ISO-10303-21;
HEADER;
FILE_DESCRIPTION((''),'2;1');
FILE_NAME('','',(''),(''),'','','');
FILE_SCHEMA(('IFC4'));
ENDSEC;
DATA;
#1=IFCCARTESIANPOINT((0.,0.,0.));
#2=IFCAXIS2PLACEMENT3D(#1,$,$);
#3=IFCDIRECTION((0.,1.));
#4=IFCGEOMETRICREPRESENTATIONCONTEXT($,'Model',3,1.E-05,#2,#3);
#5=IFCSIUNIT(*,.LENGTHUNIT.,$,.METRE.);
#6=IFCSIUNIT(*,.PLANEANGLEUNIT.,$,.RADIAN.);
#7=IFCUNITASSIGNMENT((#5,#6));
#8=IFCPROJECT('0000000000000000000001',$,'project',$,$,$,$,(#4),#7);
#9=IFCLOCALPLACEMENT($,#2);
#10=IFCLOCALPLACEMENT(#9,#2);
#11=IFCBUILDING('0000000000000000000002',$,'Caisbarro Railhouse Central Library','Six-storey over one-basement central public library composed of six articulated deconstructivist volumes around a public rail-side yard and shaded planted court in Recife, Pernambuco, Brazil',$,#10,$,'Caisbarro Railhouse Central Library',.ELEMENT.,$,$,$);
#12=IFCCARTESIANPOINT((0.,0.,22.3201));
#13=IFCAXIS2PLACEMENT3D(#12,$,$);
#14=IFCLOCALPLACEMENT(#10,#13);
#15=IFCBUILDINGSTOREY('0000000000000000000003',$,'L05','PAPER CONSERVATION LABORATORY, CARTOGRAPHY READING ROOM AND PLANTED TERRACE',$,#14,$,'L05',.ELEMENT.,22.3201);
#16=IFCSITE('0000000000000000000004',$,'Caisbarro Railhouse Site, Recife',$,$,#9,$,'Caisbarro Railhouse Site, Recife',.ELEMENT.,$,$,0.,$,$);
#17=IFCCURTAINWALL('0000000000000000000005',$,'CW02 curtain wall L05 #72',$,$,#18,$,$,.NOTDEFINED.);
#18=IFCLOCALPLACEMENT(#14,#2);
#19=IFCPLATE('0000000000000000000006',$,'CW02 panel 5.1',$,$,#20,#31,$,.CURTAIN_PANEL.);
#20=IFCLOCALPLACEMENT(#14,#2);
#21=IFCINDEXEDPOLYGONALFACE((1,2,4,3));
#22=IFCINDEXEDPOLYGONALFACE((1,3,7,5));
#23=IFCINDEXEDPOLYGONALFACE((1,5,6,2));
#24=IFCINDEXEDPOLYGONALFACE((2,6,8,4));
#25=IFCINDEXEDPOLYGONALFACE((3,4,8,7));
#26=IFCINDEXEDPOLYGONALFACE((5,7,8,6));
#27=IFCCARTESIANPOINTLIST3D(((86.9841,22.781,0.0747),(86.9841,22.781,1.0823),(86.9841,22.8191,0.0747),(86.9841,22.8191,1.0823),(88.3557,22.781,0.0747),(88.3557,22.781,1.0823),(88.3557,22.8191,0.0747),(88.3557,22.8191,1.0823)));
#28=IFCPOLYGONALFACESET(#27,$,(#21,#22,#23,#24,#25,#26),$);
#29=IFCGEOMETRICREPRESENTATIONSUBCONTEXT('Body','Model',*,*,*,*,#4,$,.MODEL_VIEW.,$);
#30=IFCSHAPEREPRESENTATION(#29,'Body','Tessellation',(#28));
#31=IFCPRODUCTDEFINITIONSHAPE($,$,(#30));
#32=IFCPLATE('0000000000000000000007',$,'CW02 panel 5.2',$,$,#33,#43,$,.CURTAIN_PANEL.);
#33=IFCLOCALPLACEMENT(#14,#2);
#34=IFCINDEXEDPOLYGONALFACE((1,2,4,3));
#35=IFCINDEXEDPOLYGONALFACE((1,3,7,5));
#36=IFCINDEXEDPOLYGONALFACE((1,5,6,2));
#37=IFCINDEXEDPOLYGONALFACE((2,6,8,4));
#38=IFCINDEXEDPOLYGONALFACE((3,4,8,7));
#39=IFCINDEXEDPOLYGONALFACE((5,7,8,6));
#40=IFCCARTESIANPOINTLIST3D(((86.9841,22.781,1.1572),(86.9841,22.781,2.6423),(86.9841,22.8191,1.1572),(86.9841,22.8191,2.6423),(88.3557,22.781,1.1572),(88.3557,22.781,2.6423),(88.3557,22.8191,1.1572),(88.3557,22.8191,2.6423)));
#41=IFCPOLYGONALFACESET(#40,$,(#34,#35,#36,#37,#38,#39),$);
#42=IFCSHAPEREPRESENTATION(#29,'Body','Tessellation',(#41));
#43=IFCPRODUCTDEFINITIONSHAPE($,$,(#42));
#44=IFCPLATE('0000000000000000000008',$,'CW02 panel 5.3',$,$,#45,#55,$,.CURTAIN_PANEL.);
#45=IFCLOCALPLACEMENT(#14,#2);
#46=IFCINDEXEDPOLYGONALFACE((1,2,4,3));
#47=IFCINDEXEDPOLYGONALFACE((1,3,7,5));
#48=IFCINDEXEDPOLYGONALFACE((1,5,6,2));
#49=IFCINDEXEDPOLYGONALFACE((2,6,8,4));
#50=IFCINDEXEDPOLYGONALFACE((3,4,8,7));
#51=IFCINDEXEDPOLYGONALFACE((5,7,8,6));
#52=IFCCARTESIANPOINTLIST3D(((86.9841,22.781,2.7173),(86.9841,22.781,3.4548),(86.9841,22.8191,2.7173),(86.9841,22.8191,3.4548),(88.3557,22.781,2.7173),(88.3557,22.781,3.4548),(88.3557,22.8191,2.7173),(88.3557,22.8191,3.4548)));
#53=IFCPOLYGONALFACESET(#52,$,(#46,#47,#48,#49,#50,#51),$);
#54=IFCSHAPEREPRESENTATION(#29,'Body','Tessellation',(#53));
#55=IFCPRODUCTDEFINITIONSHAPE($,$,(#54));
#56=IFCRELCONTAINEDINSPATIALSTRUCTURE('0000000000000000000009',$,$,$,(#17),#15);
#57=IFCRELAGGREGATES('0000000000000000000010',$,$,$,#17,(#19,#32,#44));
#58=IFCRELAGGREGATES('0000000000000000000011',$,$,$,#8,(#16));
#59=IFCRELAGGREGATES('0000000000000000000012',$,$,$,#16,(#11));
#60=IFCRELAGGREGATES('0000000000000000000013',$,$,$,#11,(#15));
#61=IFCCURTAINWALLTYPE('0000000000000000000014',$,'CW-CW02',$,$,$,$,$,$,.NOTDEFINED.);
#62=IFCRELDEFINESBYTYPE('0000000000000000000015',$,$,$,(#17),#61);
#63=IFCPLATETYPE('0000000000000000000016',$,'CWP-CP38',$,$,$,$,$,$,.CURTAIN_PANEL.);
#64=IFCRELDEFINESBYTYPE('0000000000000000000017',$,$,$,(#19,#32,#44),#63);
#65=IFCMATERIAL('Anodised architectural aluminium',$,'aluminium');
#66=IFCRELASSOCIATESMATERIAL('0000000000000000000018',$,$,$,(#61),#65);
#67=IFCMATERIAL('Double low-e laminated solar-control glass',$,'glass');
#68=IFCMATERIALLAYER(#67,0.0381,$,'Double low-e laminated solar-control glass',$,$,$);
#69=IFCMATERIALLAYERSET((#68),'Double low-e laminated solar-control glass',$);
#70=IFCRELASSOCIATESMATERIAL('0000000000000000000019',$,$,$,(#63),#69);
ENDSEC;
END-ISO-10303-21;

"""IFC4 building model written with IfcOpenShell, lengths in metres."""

from ifc_helpers import new_model, si_unit, direction, frame, origin, origin_2d, place, context, subcontext, project, spatial, rectangle, extrude, material, layer, layer_set, type_object, element, aggregate, save


model = new_model("IFC4")

# Units and contexts
model_context = context("Model", 3, precision=1e-05, world=origin(), true_north=direction((0.0, 1.0)))
body_context = subcontext(model_context, "Body", "Model", "MODEL_VIEW")
ifc_project = project(units=[si_unit("LENGTHUNIT", "METRE"), si_unit("PLANEANGLEUNIT", "RADIAN")], contexts=[model_context])

# Site, building, storey
site_placement = place(None, origin())
site = spatial("IfcSite", under=ifc_project, at=site_placement, Name="Caisbarro Railhouse Site, Recife", LongName="Caisbarro Railhouse Site, Recife", CompositionType="ELEMENT", RefElevation=0.0)
building_placement = place(site_placement, origin())
building = spatial("IfcBuilding", under=site, at=building_placement, Name="Caisbarro Railhouse Central Library", Description="Six-storey over one-basement central public library composed of six articulated deconstructivist volumes around a public rail-side yard and shaded planted court in Recife, Pernambuco, Brazil", LongName="Caisbarro Railhouse Central Library", CompositionType="ELEMENT")
storey_placement = place(building_placement, frame((0.0, 0.0, 22.3201)))
storey = spatial("IfcBuildingStorey", under=building, at=storey_placement, Name="L05", Description="PAPER CONSERVATION LABORATORY, CARTOGRAPHY READING ROOM AND PLANTED TERRACE", LongName="L05", CompositionType="ELEMENT", Elevation=22.3201)

# Curtain wall, plates
ifc_material_1 = material(Name="Anodised architectural aluminium", Category="aluminium")
curtain_wall_type = type_object("IfcCurtainWallType", Name="CW-CW02", PredefinedType="NOTDEFINED", material=ifc_material_1)
curtain_wall_placement = place(storey_placement, origin())
curtain_wall = element("IfcCurtainWall", 1, at=curtain_wall_placement, inside=storey, type_object=curtain_wall_type, Name="CW02 curtain wall L05 #72", PredefinedType="NOTDEFINED")
ifc_material_2 = material(Name="Double low-e laminated solar-control glass", Category="glass")
ifc_layer = layer(ifc_material_2, 0.0381, Name="Double low-e laminated solar-control glass")
ifc_layer_set = layer_set([ifc_layer], Name="Double low-e laminated solar-control glass")
plate_type = type_object("IfcPlateType", Name="CWP-CP38", PredefinedType="CURTAIN_PANEL", material=ifc_layer_set)
plate_1_placement = place(storey_placement, frame((87.6699, 22.8, 0.0747), z_axis=(0.0, 0.0, 1.0), x_axis=(1.0, 0.0, 0.0)))
plate_1 = element("IfcPlate", 2, at=plate_1_placement, type_object=plate_type, Name="CW02 panel 5.1", PredefinedType="CURTAIN_PANEL", context=body_context, shape_type="SweptSolid", body=[
    extrude(rectangle(XDim=1.3716, YDim=0.0381, at=origin_2d()), origin(), (0.0, 0.0, 1.0), 1.0076),
])
plate_2_placement = place(storey_placement, frame((87.6699, 22.8, 1.1572), z_axis=(0.0, 0.0, 1.0), x_axis=(1.0, 0.0, 0.0)))
plate_2 = element("IfcPlate", 3, at=plate_2_placement, type_object=plate_type, Name="CW02 panel 5.2", PredefinedType="CURTAIN_PANEL", context=body_context, shape_type="SweptSolid", body=[
    extrude(rectangle(XDim=1.3716, YDim=0.0381, at=origin_2d()), origin(), (0.0, 0.0, 1.0), 1.4851),
])
plate_3_placement = place(storey_placement, frame((87.6699, 22.8, 2.7173), z_axis=(0.0, 0.0, 1.0), x_axis=(1.0, 0.0, 0.0)))
plate_3 = element("IfcPlate", 4, at=plate_3_placement, type_object=plate_type, Name="CW02 panel 5.3", PredefinedType="CURTAIN_PANEL", context=body_context, shape_type="SweptSolid", body=[
    extrude(rectangle(XDim=1.3716, YDim=0.0381, at=origin_2d()), origin(), (0.0, 0.0, 1.0), 0.7375),
])
aggregate(curtain_wall, [plate_1, plate_2, plate_3])

save(model, "model.ifc")
